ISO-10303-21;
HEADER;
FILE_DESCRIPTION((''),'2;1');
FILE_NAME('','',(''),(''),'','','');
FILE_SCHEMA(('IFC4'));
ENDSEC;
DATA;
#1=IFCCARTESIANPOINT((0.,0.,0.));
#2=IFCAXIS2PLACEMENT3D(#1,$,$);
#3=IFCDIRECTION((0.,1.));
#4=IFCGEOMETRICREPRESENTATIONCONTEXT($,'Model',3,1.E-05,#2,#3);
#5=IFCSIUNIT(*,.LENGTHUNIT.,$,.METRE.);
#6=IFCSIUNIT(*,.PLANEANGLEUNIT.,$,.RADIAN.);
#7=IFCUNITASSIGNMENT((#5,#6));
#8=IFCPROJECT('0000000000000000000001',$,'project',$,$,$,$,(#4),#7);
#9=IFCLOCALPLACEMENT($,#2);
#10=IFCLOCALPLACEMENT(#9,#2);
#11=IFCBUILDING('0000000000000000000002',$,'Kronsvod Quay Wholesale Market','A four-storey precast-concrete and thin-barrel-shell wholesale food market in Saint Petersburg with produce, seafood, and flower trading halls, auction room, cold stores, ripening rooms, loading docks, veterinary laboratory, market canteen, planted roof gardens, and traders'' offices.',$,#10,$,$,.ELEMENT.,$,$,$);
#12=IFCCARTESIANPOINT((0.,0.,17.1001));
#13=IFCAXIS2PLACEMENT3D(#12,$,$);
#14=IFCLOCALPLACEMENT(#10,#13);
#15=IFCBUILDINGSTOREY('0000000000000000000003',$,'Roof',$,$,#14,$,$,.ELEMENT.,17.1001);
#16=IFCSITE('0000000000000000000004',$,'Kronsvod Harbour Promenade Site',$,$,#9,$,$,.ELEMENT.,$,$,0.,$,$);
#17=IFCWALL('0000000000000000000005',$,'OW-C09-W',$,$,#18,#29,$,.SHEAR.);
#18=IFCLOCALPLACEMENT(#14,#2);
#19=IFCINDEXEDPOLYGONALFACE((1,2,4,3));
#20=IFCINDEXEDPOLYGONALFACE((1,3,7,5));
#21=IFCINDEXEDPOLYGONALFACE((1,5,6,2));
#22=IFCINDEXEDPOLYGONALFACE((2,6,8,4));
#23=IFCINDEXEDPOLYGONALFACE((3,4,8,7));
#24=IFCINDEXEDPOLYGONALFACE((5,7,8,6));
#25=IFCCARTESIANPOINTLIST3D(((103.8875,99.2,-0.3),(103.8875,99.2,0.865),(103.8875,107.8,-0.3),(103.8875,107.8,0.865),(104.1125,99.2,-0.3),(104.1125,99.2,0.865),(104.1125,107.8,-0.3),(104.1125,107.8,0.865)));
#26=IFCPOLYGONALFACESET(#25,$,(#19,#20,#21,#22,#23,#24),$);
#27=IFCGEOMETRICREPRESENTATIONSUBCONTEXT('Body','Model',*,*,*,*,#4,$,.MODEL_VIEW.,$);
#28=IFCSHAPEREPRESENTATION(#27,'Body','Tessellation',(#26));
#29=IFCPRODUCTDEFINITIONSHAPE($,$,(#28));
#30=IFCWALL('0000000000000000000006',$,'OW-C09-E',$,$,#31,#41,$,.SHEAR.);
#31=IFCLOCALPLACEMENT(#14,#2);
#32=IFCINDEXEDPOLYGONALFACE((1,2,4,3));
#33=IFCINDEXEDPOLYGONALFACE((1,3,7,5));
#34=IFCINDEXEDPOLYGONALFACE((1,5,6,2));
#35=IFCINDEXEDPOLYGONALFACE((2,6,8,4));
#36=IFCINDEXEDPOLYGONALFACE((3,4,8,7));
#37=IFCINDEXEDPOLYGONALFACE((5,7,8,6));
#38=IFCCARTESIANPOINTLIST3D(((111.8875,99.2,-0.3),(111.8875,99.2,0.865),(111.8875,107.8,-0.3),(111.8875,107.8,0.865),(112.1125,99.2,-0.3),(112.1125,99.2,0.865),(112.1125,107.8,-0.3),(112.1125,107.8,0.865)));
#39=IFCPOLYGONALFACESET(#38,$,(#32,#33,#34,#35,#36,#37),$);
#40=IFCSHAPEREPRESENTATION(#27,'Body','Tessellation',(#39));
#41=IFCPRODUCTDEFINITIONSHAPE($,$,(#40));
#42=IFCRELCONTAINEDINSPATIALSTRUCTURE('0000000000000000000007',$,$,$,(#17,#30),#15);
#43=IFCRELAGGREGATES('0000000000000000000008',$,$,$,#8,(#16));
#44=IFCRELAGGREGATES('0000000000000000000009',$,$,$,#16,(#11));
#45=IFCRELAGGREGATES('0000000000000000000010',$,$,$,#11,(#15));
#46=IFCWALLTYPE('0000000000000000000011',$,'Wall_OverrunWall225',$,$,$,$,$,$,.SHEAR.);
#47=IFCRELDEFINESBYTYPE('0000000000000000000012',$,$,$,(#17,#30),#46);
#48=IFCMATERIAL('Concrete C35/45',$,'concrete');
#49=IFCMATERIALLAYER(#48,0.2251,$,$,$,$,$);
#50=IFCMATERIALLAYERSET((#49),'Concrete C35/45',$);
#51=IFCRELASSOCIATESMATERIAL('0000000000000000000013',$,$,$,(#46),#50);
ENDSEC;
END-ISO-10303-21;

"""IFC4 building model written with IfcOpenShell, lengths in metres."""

from ifc_helpers import new_model, si_unit, direction, frame, frame_2d, origin, place, context, subcontext, project, spatial, rectangle, extrude, material, layer, layer_set, type_object, element, save


model = new_model("IFC4")

# Units and contexts
model_context = context("Model", 3, precision=1e-05, world=origin(), true_north=direction((0.0, 1.0)))
body_context = subcontext(model_context, "Body", "Model", "MODEL_VIEW")
ifc_project = project(units=[si_unit("LENGTHUNIT", "METRE"), si_unit("PLANEANGLEUNIT", "RADIAN")], contexts=[model_context])

# Site, building, storey
site_placement = place(None, origin())
site = spatial("IfcSite", under=ifc_project, at=site_placement, Name="Kronsvod Harbour Promenade Site", CompositionType="ELEMENT", RefElevation=0.0)
building_placement = place(site_placement, origin())
building = spatial("IfcBuilding", under=site, at=building_placement, Name="Kronsvod Quay Wholesale Market", Description="A four-storey precast-concrete and thin-barrel-shell wholesale food market in Saint Petersburg with produce, seafood, and flower trading halls, auction room, cold stores, ripening rooms, loading docks, veterinary laboratory, market canteen, planted roof gardens, and traders' offices.", CompositionType="ELEMENT")
storey_placement = place(building_placement, frame((0.0, 0.0, 17.1001)))
storey = spatial("IfcBuildingStorey", under=building, at=storey_placement, Name="Roof", CompositionType="ELEMENT", Elevation=17.1001)

# Walls
ifc_material_1 = material(Name="Concrete C35/45", Category="concrete")
ifc_layer = layer(ifc_material_1, 0.2251)
ifc_layer_set = layer_set([ifc_layer], Name="Concrete C35/45")
wall_type = type_object("IfcWallType", Name="Wall_OverrunWall225", PredefinedType="SHEAR", material=ifc_layer_set)
for number, where, z_axis, x_axis, name in (
    (1, (104.0, 99.2, -0.3), (0.0, 0.0, 1.0), (0.0, 1.0, 0.0), "OW-C09-W"),
    (2, (112.0, 99.2, -0.3), (0.0, 0.0, 1.0), (0.0, 1.0, 0.0), "OW-C09-E"),
):
    element("IfcWall", number, at=place(storey_placement, frame(where, z_axis=z_axis, x_axis=x_axis)), inside=storey, type_object=wall_type, Name=name, PredefinedType="SHEAR", context=body_context, shape_type="SweptSolid", body=[
        extrude(rectangle(XDim=8.6001, YDim=0.2251, at=frame_2d((4.3, 0.0))), origin(), (0.0, 0.0, 1.0), 1.165),
    ])

save(model, "model.ifc")
